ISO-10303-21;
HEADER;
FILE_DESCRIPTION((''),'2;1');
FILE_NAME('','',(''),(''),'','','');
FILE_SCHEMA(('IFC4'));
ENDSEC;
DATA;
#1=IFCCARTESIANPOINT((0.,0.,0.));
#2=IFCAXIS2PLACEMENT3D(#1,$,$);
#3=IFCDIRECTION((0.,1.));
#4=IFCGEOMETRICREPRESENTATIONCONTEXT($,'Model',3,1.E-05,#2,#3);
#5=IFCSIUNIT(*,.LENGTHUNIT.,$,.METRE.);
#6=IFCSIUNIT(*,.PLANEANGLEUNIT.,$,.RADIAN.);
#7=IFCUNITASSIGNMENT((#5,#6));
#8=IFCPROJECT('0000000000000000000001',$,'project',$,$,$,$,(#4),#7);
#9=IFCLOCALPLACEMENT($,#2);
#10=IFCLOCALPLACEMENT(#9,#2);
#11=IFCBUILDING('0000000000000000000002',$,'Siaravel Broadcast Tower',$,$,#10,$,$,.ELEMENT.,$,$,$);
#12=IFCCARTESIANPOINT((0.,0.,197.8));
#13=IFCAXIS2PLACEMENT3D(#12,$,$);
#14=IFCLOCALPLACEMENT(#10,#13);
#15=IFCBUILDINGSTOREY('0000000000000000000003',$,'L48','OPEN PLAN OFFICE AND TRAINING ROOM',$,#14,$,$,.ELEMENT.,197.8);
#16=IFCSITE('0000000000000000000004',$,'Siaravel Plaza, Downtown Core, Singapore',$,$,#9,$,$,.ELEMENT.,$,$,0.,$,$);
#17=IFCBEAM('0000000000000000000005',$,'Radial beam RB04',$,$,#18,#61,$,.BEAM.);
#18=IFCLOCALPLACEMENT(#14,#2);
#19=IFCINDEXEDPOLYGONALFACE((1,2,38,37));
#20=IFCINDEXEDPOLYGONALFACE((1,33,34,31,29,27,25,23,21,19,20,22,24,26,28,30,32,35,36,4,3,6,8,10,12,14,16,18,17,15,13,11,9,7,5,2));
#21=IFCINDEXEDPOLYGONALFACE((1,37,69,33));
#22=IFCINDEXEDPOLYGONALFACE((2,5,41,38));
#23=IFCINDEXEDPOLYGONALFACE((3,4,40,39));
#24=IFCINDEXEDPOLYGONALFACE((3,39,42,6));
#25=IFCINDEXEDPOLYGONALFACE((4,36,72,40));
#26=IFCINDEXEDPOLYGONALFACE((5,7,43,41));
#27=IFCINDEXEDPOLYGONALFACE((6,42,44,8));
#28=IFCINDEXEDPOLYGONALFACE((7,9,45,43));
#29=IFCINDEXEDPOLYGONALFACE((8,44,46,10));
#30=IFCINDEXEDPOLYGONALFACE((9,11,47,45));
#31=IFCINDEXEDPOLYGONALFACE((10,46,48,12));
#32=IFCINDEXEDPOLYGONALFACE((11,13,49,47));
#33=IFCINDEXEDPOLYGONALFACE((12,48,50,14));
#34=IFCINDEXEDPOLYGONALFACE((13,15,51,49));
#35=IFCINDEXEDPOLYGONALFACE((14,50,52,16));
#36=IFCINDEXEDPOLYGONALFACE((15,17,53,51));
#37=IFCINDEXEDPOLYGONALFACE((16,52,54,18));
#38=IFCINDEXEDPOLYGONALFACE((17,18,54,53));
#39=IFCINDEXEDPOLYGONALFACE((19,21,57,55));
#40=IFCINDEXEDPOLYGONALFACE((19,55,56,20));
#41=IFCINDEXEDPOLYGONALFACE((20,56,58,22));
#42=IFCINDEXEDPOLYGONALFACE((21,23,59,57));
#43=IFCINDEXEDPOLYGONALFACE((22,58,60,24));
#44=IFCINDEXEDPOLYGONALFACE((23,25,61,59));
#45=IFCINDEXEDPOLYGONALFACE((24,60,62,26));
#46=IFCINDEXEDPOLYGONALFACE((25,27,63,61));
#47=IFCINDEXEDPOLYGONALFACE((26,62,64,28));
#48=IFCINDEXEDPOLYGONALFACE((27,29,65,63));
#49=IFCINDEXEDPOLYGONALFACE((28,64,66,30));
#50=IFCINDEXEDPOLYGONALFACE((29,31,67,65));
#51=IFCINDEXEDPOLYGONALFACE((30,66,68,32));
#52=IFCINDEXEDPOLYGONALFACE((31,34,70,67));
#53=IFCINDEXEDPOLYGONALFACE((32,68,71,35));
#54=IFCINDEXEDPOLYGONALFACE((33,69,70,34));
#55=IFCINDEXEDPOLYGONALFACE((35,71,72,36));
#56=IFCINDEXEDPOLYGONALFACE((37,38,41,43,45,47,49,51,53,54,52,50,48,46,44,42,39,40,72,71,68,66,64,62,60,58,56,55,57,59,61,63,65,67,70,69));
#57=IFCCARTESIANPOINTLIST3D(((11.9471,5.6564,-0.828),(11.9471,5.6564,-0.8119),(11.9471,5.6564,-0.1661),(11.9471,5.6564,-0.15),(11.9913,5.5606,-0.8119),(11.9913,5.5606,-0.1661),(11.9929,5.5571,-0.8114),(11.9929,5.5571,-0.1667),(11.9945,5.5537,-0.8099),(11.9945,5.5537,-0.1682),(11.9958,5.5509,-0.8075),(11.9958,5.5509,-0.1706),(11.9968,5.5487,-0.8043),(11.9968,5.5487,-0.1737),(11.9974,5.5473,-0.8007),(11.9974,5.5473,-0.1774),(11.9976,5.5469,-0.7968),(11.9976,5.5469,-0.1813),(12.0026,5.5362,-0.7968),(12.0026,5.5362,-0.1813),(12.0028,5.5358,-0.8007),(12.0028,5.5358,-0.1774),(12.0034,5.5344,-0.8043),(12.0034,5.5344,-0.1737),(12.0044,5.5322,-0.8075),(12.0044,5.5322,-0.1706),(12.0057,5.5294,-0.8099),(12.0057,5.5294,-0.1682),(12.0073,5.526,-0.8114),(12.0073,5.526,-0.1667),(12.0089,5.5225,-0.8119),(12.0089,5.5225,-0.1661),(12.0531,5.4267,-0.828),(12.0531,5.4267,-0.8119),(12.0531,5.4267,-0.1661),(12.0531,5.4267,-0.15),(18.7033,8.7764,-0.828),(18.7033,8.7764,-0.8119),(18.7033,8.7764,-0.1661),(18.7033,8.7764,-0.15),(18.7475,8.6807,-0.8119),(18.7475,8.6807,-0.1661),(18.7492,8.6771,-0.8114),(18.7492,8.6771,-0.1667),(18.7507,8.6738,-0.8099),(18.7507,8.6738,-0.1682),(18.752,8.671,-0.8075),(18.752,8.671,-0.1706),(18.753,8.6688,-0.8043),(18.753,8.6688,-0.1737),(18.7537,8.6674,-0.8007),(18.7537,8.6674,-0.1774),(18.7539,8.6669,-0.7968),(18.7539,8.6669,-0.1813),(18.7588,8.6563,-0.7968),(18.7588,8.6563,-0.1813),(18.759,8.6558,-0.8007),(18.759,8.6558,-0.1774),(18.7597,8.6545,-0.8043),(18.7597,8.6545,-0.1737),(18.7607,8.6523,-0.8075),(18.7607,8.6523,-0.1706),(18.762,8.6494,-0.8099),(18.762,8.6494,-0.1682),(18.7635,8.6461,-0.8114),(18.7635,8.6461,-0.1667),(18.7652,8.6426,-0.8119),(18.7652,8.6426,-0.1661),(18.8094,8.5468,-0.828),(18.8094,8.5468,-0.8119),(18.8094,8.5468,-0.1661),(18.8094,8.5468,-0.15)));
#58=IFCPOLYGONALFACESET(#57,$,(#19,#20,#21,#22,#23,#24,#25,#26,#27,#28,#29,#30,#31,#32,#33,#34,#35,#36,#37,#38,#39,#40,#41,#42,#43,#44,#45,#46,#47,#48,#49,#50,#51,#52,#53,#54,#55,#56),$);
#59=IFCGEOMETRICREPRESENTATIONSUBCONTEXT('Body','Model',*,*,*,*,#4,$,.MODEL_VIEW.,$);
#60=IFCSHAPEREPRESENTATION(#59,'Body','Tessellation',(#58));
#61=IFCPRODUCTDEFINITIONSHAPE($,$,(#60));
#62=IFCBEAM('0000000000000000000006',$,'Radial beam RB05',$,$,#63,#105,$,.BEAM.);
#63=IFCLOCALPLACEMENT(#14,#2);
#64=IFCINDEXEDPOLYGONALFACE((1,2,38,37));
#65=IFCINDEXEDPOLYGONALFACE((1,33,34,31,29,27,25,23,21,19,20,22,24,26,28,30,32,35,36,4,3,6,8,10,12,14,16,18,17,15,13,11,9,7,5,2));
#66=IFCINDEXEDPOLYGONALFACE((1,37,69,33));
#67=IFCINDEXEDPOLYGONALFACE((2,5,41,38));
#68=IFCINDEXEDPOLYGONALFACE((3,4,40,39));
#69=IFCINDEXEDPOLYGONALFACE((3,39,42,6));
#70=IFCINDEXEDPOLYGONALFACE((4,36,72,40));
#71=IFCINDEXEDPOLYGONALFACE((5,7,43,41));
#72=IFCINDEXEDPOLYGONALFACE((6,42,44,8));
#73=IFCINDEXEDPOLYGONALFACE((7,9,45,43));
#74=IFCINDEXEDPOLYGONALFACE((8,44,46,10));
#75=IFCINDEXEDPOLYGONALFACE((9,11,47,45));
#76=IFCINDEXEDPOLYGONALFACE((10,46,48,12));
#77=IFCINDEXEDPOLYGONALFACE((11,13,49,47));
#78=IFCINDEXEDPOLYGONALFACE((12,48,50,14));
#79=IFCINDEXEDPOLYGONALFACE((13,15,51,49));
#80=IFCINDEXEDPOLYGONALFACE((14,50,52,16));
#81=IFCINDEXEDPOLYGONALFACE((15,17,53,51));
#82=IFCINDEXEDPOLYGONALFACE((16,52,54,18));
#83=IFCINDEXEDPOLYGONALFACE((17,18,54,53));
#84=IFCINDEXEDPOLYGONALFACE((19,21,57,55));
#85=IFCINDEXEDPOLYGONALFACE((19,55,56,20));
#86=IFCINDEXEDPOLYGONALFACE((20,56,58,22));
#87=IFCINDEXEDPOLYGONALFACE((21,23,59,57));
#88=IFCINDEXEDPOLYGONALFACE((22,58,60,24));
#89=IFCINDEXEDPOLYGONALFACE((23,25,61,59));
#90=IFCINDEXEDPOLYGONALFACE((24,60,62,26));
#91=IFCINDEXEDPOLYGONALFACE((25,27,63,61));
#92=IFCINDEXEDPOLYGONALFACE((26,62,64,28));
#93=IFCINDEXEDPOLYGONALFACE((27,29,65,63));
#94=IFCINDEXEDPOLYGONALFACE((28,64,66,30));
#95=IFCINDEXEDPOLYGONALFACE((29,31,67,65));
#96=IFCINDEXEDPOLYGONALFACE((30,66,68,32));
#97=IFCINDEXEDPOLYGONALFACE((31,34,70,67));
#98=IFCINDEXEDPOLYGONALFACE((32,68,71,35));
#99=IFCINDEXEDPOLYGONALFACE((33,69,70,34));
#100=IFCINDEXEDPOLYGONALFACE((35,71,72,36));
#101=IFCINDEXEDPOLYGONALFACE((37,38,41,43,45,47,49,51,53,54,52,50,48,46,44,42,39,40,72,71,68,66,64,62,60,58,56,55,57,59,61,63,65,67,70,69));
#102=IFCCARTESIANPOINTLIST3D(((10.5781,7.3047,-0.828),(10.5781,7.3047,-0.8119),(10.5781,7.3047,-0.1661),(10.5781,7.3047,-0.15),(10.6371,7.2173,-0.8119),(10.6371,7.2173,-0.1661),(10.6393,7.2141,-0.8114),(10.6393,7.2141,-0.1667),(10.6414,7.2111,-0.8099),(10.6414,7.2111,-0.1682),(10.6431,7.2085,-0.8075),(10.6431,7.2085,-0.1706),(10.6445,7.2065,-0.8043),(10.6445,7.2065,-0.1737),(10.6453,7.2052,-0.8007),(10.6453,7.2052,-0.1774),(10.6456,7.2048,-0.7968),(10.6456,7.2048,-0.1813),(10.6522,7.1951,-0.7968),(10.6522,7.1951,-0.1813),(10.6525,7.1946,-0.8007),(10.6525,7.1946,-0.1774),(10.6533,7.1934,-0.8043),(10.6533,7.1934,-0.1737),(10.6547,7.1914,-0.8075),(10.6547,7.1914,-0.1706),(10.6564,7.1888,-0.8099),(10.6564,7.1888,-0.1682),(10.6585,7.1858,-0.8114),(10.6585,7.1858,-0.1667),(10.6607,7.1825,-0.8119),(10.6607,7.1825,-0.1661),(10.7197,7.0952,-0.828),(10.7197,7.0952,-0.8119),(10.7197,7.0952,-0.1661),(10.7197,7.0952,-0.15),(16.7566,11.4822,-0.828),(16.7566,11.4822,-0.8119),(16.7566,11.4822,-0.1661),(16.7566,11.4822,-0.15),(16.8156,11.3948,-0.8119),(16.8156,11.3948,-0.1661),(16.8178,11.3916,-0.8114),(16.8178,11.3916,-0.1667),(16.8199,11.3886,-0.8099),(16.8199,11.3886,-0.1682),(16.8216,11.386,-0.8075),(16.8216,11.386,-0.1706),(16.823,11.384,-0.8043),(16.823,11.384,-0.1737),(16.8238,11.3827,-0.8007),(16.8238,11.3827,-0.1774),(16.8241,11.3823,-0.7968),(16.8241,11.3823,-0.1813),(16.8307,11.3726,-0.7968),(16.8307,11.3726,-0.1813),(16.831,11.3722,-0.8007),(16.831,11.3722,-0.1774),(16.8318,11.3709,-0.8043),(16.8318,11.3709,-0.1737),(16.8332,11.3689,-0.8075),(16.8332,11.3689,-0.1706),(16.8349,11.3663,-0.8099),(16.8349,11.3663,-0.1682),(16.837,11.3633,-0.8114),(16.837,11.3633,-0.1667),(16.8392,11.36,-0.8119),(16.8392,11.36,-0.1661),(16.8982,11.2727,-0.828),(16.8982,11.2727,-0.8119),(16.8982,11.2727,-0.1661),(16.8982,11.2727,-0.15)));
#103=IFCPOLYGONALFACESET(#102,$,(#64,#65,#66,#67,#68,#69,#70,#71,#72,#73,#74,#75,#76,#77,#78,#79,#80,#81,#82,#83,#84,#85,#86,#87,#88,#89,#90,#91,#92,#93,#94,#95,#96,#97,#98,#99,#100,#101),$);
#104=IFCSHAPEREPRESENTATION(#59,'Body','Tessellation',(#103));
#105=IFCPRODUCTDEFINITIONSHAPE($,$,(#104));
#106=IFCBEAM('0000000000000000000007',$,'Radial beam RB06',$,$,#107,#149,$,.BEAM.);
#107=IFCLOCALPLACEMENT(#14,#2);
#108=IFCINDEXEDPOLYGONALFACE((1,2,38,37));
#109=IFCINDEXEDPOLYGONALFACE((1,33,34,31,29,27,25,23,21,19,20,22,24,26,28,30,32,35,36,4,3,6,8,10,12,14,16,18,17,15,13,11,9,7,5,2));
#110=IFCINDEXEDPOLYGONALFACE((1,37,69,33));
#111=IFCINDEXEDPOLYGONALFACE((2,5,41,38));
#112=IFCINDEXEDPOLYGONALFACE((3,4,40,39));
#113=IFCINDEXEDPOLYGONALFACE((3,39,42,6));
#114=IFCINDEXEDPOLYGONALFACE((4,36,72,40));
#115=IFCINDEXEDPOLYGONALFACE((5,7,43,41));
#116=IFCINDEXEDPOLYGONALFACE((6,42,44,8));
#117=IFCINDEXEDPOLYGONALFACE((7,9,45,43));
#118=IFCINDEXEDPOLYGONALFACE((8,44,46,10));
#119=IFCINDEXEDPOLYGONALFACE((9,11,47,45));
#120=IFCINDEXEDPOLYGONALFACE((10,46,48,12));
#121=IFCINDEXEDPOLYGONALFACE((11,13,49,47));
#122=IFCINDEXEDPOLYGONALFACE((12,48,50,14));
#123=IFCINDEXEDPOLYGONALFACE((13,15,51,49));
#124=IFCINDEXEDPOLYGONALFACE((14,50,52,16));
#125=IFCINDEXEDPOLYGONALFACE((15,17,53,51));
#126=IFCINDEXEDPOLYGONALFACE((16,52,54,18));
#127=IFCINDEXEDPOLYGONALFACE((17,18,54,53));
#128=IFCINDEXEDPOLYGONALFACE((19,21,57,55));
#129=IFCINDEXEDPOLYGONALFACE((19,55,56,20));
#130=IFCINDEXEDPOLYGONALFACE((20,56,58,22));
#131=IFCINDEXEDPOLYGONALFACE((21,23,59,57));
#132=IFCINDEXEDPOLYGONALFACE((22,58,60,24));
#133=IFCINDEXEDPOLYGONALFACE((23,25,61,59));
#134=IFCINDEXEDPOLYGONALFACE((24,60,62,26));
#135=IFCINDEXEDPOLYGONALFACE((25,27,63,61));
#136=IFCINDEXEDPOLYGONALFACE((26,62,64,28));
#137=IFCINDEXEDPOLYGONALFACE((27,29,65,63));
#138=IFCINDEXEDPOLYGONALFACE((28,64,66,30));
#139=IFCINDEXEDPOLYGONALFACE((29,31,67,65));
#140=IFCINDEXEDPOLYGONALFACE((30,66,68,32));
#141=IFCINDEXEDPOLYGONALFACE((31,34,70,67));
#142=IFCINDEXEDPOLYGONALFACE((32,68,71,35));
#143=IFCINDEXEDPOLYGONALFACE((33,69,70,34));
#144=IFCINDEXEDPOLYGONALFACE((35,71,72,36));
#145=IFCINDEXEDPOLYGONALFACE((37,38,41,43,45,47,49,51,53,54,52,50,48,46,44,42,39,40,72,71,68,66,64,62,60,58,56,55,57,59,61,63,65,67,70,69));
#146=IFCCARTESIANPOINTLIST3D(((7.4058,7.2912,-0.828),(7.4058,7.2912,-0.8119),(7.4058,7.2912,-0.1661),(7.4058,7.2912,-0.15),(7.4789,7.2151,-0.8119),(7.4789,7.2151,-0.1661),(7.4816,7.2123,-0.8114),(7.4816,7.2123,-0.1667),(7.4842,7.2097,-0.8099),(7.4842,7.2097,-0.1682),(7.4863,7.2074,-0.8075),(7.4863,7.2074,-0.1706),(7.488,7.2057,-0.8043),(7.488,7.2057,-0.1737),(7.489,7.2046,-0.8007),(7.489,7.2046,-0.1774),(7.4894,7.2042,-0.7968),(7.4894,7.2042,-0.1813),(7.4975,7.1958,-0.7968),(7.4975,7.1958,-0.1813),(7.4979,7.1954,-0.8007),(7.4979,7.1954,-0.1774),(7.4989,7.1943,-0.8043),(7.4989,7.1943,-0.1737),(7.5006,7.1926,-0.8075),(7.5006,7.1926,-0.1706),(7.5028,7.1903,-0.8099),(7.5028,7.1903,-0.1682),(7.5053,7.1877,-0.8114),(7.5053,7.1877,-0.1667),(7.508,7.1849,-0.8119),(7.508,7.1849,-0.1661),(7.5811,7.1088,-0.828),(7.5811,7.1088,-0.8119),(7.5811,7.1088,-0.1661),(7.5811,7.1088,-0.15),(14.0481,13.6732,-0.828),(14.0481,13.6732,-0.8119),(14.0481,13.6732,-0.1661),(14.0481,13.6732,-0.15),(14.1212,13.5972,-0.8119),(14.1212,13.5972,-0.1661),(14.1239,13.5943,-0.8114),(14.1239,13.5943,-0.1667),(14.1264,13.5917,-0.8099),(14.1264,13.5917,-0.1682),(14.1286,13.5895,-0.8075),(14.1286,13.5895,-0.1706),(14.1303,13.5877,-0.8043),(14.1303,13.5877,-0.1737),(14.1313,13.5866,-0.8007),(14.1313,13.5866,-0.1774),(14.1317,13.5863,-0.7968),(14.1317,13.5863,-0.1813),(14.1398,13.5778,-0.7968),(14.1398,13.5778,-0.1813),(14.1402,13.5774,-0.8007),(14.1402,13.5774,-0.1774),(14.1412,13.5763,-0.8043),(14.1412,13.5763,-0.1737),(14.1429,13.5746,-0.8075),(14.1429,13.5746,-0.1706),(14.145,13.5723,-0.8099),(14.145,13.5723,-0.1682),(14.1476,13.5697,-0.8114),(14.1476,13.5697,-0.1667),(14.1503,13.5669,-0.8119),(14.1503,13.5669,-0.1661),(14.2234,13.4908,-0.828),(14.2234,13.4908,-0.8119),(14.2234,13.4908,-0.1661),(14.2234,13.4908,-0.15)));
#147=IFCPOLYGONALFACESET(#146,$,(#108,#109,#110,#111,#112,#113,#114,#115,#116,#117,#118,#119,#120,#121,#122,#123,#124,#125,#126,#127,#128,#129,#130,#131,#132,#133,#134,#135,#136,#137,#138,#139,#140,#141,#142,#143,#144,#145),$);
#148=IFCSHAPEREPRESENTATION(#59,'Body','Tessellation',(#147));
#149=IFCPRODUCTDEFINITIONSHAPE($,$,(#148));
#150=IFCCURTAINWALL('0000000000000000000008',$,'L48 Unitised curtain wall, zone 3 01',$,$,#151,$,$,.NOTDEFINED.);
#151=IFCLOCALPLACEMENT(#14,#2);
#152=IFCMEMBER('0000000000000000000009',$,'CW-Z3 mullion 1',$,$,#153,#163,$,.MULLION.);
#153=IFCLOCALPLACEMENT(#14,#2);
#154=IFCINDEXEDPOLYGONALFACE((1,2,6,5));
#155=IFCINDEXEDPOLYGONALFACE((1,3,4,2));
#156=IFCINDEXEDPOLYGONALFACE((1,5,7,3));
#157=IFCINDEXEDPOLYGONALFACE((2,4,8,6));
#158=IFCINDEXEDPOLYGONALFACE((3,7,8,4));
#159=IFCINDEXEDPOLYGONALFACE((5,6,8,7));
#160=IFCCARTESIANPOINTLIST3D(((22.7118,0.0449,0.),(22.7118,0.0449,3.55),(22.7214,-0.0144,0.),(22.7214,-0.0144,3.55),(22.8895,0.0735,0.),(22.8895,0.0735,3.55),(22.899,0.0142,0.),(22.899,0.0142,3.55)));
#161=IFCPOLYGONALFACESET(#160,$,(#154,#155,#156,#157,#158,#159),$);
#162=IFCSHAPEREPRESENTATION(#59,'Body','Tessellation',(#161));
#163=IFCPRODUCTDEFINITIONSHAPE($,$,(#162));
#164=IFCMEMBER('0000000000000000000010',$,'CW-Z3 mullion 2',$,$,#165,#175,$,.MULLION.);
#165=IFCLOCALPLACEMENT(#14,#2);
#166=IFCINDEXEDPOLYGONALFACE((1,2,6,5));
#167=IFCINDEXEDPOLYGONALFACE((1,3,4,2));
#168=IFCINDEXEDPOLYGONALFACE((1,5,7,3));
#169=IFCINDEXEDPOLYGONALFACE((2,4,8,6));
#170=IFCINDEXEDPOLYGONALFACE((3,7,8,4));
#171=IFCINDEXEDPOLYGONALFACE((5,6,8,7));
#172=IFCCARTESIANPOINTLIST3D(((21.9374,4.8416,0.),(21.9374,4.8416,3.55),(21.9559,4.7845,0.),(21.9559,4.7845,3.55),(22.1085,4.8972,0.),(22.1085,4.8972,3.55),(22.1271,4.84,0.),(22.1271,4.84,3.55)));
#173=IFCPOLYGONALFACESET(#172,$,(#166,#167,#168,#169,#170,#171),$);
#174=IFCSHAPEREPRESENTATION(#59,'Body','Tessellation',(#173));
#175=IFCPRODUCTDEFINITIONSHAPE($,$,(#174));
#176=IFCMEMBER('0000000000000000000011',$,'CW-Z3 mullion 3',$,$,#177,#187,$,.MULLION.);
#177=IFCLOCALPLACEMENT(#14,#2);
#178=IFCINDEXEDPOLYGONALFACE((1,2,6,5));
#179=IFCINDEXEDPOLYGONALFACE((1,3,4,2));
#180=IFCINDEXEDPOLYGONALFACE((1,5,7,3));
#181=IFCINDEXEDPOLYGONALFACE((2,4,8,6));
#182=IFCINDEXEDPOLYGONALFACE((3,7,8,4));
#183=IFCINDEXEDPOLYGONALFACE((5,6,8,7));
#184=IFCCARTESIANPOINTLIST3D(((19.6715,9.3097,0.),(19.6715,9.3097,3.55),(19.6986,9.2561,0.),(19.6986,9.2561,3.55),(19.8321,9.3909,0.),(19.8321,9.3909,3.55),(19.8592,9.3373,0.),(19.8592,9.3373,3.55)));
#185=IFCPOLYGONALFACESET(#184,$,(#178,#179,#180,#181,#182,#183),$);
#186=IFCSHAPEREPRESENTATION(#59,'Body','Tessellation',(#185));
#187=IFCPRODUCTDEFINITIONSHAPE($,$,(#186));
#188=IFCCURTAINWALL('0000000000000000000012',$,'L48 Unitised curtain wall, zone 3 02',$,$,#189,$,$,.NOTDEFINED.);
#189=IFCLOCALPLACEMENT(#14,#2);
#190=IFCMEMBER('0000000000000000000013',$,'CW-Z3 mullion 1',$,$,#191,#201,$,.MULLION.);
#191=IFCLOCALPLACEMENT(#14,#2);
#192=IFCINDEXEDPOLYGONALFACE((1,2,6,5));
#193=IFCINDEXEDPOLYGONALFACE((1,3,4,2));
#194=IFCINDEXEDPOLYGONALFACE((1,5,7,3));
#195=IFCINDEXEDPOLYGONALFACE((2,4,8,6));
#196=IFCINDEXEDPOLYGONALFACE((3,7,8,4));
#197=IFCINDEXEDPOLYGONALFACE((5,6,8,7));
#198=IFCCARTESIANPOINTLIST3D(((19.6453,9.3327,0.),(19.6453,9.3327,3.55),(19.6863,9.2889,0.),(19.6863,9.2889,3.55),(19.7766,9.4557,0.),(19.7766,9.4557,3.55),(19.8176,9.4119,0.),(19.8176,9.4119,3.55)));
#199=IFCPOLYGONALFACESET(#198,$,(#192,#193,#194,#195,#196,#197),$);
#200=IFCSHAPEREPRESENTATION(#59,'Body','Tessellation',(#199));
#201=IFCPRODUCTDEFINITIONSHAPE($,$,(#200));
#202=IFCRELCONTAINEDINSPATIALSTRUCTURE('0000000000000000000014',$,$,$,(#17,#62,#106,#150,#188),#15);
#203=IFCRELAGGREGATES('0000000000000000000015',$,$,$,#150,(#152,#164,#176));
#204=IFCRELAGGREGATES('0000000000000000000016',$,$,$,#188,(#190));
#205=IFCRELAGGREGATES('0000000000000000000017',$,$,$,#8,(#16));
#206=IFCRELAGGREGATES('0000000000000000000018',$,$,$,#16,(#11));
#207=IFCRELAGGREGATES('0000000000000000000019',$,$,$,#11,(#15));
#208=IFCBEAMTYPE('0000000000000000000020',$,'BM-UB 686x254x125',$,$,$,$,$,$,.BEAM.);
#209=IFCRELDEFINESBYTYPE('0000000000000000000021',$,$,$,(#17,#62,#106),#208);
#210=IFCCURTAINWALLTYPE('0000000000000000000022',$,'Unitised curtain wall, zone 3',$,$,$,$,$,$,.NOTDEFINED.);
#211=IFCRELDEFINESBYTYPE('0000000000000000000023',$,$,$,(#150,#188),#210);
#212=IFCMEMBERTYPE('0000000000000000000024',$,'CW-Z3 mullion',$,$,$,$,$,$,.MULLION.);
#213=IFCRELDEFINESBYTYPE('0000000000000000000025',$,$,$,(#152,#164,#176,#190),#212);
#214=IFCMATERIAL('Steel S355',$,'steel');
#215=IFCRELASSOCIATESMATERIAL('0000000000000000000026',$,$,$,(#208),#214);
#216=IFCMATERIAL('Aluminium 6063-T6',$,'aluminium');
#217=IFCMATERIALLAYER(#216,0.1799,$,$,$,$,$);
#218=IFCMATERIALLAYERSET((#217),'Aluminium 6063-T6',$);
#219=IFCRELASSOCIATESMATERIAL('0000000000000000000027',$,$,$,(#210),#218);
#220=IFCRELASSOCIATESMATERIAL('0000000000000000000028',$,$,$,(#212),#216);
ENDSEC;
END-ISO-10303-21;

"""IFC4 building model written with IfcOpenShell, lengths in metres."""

from ifc_helpers import new_model, si_unit, direction, frame, origin, origin_2d, place, context, subcontext, project, spatial, rectangle, i_section, extrude, material, layer, layer_set, material_profile, profile_set, type_object, element, aggregate, save


model = new_model("IFC4")

# Units and contexts
model_context = context("Model", 3, precision=1e-05, world=origin(), true_north=direction((0.0, 1.0)))
body_context = subcontext(model_context, "Body", "Model", "MODEL_VIEW")
ifc_project = project(units=[si_unit("LENGTHUNIT", "METRE"), si_unit("PLANEANGLEUNIT", "RADIAN")], contexts=[model_context])

# Site, building, storey
site_placement = place(None, origin())
site = spatial("IfcSite", under=ifc_project, at=site_placement, Name="Siaravel Plaza, Downtown Core, Singapore", CompositionType="ELEMENT", RefElevation=0.0)
building_placement = place(site_placement, origin())
building = spatial("IfcBuilding", under=site, at=building_placement, Name="Siaravel Broadcast Tower", CompositionType="ELEMENT")
storey_placement = place(building_placement, frame((0.0, 0.0, 197.8)))
storey = spatial("IfcBuildingStorey", under=building, at=storey_placement, Name="L48", Description="OPEN PLAN OFFICE AND TRAINING ROOM", CompositionType="ELEMENT", Elevation=197.8)

# Beams
ifc_material_1 = material(Name="Steel S355", Category="steel")
ifc_material_profile_1 = material_profile(ifc_material_1, i_section(OverallWidth=0.2529, OverallDepth=0.678, WebThickness=0.0117, FlangeThickness=0.0161, FilletRadius=0.0151, at=origin_2d()))
ifc_profile_set_1 = profile_set([ifc_material_profile_1], Name="Steel S355")
beam_type = type_object("IfcBeamType", Name="BM-UB 686x254x125", PredefinedType="BEAM", material=ifc_profile_set_1)
beam_1_placement = place(storey_placement, frame((18.7563, 8.6616, -0.489), z_axis=(-0.907867, -0.419258, 0.0), x_axis=(0.419258, -0.907867, 0.0)))
element("IfcBeam", 1, at=beam_1_placement, inside=storey, type_object=beam_type, Name="Radial beam RB04", PredefinedType="BEAM", context=body_context, shape_type="SweptSolid", body=[
    extrude(i_section(OverallWidth=0.2529, OverallDepth=0.678, WebThickness=0.0117, FlangeThickness=0.0161, FilletRadius=0.0151, at=origin_2d()), origin(), (0.0, 0.0, 1.0), 7.4419),
])
beam_2_placement = place(storey_placement, frame((16.8274, 11.3774, -0.489), z_axis=(-0.828412, -0.56012, 0.0), x_axis=(0.56012, -0.828412, 0.0)))
element("IfcBeam", 2, at=beam_2_placement, inside=storey, type_object=beam_type, Name="Radial beam RB05", PredefinedType="BEAM", context=body_context, shape_type="SweptSolid", body=[
    extrude(i_section(OverallWidth=0.2529, OverallDepth=0.678, WebThickness=0.0117, FlangeThickness=0.0161, FilletRadius=0.0151, at=origin_2d()), origin(), (0.0, 0.0, 1.0), 7.4583),
])
beam_3_placement = place(storey_placement, frame((14.1357, 13.582, -0.489), z_axis=(-0.721092, -0.692839, 0.0), x_axis=(0.692839, -0.721092, 0.0)))
element("IfcBeam", 3, at=beam_3_placement, inside=storey, type_object=beam_type, Name="Radial beam RB06", PredefinedType="BEAM", context=body_context, shape_type="SweptSolid", body=[
    extrude(i_section(OverallWidth=0.2529, OverallDepth=0.678, WebThickness=0.0117, FlangeThickness=0.0161, FilletRadius=0.0151, at=origin_2d()), origin(), (0.0, 0.0, 1.0), 9.2114),
])

# Curtain walls, members
ifc_material_2 = material(Name="Aluminium 6063-T6", Category="aluminium")
ifc_layer_1 = layer(ifc_material_2, 0.1799)
ifc_layer_set_1 = layer_set([ifc_layer_1], Name="Aluminium 6063-T6")
curtain_wall_type = type_object("IfcCurtainWallType", Name="Unitised curtain wall, zone 3", PredefinedType="NOTDEFINED", material=ifc_layer_set_1)
curtain_wall_1_placement = place(storey_placement, origin())
curtain_wall_1 = element("IfcCurtainWall", 4, at=curtain_wall_1_placement, inside=storey, type_object=curtain_wall_type, Name="L48 Unitised curtain wall, zone 3 01", PredefinedType="NOTDEFINED")
ifc_material_profile_2 = material_profile(ifc_material_2, rectangle(XDim=0.1799, YDim=0.0601, at=origin_2d()))
ifc_profile_set_2 = profile_set([ifc_material_profile_2], Name="Aluminium 6063-T6")
member_type_1 = type_object("IfcMemberType", Name="CW-Z3 mullion", PredefinedType="MULLION", material=ifc_profile_set_2)
member_1_placement = place(storey_placement, frame((22.8054, 0.0295, 0.0), z_axis=(0.0, 0.0, 1.0), x_axis=(-0.987329, -0.158685, 0.0)))
member_1 = element("IfcMember", 5, at=member_1_placement, type_object=member_type_1, Name="CW-Z3 mullion 1", PredefinedType="MULLION", context=body_context, shape_type="SweptSolid", body=[
    extrude(rectangle(XDim=0.1799, YDim=0.0601, at=origin_2d()), origin(), (0.0, 0.0, 1.0), 3.55),
])
member_2_placement = place(storey_placement, frame((22.0322, 4.8408, 0.0), z_axis=(0.0, 0.0, 1.0), x_axis=(-0.951177, -0.308645, 0.0)))
member_2 = element("IfcMember", 6, at=member_2_placement, type_object=member_type_1, Name="CW-Z3 mullion 2", PredefinedType="MULLION", context=body_context, shape_type="SweptSolid", body=[
    extrude(rectangle(XDim=0.1799, YDim=0.0601, at=origin_2d()), origin(), (0.0, 0.0, 1.0), 3.55),
])
member_3_placement = place(storey_placement, frame((19.7654, 9.3235, 0.0), z_axis=(0.0, 0.0, 1.0), x_axis=(-0.892392, -0.451261, 0.0)))
member_3 = element("IfcMember", 7, at=member_3_placement, type_object=member_type_1, Name="CW-Z3 mullion 3", PredefinedType="MULLION", context=body_context, shape_type="SweptSolid", body=[
    extrude(rectangle(XDim=0.1799, YDim=0.0601, at=origin_2d()), origin(), (0.0, 0.0, 1.0), 3.55),
])
curtain_wall_2_placement = place(storey_placement, origin())
curtain_wall_2 = element("IfcCurtainWall", 8, at=curtain_wall_2_placement, inside=storey, type_object=curtain_wall_type, Name="L48 Unitised curtain wall, zone 3 02", PredefinedType="NOTDEFINED")
member_4_placement = place(storey_placement, frame((19.7314, 9.3723, 0.0), z_axis=(0.0, 0.0, 1.0), x_axis=(-0.729805, -0.683655, 0.0)))
member_4 = element("IfcMember", 9, at=member_4_placement, type_object=member_type_1, Name="CW-Z3 mullion 1", PredefinedType="MULLION", context=body_context, shape_type="SweptSolid", body=[
    extrude(rectangle(XDim=0.1799, YDim=0.0601, at=origin_2d()), origin(), (0.0, 0.0, 1.0), 3.55),
])

aggregate(curtain_wall_1, [member_1, member_2, member_3])
aggregate(curtain_wall_2, [member_4])

save(model, "model.ifc")
